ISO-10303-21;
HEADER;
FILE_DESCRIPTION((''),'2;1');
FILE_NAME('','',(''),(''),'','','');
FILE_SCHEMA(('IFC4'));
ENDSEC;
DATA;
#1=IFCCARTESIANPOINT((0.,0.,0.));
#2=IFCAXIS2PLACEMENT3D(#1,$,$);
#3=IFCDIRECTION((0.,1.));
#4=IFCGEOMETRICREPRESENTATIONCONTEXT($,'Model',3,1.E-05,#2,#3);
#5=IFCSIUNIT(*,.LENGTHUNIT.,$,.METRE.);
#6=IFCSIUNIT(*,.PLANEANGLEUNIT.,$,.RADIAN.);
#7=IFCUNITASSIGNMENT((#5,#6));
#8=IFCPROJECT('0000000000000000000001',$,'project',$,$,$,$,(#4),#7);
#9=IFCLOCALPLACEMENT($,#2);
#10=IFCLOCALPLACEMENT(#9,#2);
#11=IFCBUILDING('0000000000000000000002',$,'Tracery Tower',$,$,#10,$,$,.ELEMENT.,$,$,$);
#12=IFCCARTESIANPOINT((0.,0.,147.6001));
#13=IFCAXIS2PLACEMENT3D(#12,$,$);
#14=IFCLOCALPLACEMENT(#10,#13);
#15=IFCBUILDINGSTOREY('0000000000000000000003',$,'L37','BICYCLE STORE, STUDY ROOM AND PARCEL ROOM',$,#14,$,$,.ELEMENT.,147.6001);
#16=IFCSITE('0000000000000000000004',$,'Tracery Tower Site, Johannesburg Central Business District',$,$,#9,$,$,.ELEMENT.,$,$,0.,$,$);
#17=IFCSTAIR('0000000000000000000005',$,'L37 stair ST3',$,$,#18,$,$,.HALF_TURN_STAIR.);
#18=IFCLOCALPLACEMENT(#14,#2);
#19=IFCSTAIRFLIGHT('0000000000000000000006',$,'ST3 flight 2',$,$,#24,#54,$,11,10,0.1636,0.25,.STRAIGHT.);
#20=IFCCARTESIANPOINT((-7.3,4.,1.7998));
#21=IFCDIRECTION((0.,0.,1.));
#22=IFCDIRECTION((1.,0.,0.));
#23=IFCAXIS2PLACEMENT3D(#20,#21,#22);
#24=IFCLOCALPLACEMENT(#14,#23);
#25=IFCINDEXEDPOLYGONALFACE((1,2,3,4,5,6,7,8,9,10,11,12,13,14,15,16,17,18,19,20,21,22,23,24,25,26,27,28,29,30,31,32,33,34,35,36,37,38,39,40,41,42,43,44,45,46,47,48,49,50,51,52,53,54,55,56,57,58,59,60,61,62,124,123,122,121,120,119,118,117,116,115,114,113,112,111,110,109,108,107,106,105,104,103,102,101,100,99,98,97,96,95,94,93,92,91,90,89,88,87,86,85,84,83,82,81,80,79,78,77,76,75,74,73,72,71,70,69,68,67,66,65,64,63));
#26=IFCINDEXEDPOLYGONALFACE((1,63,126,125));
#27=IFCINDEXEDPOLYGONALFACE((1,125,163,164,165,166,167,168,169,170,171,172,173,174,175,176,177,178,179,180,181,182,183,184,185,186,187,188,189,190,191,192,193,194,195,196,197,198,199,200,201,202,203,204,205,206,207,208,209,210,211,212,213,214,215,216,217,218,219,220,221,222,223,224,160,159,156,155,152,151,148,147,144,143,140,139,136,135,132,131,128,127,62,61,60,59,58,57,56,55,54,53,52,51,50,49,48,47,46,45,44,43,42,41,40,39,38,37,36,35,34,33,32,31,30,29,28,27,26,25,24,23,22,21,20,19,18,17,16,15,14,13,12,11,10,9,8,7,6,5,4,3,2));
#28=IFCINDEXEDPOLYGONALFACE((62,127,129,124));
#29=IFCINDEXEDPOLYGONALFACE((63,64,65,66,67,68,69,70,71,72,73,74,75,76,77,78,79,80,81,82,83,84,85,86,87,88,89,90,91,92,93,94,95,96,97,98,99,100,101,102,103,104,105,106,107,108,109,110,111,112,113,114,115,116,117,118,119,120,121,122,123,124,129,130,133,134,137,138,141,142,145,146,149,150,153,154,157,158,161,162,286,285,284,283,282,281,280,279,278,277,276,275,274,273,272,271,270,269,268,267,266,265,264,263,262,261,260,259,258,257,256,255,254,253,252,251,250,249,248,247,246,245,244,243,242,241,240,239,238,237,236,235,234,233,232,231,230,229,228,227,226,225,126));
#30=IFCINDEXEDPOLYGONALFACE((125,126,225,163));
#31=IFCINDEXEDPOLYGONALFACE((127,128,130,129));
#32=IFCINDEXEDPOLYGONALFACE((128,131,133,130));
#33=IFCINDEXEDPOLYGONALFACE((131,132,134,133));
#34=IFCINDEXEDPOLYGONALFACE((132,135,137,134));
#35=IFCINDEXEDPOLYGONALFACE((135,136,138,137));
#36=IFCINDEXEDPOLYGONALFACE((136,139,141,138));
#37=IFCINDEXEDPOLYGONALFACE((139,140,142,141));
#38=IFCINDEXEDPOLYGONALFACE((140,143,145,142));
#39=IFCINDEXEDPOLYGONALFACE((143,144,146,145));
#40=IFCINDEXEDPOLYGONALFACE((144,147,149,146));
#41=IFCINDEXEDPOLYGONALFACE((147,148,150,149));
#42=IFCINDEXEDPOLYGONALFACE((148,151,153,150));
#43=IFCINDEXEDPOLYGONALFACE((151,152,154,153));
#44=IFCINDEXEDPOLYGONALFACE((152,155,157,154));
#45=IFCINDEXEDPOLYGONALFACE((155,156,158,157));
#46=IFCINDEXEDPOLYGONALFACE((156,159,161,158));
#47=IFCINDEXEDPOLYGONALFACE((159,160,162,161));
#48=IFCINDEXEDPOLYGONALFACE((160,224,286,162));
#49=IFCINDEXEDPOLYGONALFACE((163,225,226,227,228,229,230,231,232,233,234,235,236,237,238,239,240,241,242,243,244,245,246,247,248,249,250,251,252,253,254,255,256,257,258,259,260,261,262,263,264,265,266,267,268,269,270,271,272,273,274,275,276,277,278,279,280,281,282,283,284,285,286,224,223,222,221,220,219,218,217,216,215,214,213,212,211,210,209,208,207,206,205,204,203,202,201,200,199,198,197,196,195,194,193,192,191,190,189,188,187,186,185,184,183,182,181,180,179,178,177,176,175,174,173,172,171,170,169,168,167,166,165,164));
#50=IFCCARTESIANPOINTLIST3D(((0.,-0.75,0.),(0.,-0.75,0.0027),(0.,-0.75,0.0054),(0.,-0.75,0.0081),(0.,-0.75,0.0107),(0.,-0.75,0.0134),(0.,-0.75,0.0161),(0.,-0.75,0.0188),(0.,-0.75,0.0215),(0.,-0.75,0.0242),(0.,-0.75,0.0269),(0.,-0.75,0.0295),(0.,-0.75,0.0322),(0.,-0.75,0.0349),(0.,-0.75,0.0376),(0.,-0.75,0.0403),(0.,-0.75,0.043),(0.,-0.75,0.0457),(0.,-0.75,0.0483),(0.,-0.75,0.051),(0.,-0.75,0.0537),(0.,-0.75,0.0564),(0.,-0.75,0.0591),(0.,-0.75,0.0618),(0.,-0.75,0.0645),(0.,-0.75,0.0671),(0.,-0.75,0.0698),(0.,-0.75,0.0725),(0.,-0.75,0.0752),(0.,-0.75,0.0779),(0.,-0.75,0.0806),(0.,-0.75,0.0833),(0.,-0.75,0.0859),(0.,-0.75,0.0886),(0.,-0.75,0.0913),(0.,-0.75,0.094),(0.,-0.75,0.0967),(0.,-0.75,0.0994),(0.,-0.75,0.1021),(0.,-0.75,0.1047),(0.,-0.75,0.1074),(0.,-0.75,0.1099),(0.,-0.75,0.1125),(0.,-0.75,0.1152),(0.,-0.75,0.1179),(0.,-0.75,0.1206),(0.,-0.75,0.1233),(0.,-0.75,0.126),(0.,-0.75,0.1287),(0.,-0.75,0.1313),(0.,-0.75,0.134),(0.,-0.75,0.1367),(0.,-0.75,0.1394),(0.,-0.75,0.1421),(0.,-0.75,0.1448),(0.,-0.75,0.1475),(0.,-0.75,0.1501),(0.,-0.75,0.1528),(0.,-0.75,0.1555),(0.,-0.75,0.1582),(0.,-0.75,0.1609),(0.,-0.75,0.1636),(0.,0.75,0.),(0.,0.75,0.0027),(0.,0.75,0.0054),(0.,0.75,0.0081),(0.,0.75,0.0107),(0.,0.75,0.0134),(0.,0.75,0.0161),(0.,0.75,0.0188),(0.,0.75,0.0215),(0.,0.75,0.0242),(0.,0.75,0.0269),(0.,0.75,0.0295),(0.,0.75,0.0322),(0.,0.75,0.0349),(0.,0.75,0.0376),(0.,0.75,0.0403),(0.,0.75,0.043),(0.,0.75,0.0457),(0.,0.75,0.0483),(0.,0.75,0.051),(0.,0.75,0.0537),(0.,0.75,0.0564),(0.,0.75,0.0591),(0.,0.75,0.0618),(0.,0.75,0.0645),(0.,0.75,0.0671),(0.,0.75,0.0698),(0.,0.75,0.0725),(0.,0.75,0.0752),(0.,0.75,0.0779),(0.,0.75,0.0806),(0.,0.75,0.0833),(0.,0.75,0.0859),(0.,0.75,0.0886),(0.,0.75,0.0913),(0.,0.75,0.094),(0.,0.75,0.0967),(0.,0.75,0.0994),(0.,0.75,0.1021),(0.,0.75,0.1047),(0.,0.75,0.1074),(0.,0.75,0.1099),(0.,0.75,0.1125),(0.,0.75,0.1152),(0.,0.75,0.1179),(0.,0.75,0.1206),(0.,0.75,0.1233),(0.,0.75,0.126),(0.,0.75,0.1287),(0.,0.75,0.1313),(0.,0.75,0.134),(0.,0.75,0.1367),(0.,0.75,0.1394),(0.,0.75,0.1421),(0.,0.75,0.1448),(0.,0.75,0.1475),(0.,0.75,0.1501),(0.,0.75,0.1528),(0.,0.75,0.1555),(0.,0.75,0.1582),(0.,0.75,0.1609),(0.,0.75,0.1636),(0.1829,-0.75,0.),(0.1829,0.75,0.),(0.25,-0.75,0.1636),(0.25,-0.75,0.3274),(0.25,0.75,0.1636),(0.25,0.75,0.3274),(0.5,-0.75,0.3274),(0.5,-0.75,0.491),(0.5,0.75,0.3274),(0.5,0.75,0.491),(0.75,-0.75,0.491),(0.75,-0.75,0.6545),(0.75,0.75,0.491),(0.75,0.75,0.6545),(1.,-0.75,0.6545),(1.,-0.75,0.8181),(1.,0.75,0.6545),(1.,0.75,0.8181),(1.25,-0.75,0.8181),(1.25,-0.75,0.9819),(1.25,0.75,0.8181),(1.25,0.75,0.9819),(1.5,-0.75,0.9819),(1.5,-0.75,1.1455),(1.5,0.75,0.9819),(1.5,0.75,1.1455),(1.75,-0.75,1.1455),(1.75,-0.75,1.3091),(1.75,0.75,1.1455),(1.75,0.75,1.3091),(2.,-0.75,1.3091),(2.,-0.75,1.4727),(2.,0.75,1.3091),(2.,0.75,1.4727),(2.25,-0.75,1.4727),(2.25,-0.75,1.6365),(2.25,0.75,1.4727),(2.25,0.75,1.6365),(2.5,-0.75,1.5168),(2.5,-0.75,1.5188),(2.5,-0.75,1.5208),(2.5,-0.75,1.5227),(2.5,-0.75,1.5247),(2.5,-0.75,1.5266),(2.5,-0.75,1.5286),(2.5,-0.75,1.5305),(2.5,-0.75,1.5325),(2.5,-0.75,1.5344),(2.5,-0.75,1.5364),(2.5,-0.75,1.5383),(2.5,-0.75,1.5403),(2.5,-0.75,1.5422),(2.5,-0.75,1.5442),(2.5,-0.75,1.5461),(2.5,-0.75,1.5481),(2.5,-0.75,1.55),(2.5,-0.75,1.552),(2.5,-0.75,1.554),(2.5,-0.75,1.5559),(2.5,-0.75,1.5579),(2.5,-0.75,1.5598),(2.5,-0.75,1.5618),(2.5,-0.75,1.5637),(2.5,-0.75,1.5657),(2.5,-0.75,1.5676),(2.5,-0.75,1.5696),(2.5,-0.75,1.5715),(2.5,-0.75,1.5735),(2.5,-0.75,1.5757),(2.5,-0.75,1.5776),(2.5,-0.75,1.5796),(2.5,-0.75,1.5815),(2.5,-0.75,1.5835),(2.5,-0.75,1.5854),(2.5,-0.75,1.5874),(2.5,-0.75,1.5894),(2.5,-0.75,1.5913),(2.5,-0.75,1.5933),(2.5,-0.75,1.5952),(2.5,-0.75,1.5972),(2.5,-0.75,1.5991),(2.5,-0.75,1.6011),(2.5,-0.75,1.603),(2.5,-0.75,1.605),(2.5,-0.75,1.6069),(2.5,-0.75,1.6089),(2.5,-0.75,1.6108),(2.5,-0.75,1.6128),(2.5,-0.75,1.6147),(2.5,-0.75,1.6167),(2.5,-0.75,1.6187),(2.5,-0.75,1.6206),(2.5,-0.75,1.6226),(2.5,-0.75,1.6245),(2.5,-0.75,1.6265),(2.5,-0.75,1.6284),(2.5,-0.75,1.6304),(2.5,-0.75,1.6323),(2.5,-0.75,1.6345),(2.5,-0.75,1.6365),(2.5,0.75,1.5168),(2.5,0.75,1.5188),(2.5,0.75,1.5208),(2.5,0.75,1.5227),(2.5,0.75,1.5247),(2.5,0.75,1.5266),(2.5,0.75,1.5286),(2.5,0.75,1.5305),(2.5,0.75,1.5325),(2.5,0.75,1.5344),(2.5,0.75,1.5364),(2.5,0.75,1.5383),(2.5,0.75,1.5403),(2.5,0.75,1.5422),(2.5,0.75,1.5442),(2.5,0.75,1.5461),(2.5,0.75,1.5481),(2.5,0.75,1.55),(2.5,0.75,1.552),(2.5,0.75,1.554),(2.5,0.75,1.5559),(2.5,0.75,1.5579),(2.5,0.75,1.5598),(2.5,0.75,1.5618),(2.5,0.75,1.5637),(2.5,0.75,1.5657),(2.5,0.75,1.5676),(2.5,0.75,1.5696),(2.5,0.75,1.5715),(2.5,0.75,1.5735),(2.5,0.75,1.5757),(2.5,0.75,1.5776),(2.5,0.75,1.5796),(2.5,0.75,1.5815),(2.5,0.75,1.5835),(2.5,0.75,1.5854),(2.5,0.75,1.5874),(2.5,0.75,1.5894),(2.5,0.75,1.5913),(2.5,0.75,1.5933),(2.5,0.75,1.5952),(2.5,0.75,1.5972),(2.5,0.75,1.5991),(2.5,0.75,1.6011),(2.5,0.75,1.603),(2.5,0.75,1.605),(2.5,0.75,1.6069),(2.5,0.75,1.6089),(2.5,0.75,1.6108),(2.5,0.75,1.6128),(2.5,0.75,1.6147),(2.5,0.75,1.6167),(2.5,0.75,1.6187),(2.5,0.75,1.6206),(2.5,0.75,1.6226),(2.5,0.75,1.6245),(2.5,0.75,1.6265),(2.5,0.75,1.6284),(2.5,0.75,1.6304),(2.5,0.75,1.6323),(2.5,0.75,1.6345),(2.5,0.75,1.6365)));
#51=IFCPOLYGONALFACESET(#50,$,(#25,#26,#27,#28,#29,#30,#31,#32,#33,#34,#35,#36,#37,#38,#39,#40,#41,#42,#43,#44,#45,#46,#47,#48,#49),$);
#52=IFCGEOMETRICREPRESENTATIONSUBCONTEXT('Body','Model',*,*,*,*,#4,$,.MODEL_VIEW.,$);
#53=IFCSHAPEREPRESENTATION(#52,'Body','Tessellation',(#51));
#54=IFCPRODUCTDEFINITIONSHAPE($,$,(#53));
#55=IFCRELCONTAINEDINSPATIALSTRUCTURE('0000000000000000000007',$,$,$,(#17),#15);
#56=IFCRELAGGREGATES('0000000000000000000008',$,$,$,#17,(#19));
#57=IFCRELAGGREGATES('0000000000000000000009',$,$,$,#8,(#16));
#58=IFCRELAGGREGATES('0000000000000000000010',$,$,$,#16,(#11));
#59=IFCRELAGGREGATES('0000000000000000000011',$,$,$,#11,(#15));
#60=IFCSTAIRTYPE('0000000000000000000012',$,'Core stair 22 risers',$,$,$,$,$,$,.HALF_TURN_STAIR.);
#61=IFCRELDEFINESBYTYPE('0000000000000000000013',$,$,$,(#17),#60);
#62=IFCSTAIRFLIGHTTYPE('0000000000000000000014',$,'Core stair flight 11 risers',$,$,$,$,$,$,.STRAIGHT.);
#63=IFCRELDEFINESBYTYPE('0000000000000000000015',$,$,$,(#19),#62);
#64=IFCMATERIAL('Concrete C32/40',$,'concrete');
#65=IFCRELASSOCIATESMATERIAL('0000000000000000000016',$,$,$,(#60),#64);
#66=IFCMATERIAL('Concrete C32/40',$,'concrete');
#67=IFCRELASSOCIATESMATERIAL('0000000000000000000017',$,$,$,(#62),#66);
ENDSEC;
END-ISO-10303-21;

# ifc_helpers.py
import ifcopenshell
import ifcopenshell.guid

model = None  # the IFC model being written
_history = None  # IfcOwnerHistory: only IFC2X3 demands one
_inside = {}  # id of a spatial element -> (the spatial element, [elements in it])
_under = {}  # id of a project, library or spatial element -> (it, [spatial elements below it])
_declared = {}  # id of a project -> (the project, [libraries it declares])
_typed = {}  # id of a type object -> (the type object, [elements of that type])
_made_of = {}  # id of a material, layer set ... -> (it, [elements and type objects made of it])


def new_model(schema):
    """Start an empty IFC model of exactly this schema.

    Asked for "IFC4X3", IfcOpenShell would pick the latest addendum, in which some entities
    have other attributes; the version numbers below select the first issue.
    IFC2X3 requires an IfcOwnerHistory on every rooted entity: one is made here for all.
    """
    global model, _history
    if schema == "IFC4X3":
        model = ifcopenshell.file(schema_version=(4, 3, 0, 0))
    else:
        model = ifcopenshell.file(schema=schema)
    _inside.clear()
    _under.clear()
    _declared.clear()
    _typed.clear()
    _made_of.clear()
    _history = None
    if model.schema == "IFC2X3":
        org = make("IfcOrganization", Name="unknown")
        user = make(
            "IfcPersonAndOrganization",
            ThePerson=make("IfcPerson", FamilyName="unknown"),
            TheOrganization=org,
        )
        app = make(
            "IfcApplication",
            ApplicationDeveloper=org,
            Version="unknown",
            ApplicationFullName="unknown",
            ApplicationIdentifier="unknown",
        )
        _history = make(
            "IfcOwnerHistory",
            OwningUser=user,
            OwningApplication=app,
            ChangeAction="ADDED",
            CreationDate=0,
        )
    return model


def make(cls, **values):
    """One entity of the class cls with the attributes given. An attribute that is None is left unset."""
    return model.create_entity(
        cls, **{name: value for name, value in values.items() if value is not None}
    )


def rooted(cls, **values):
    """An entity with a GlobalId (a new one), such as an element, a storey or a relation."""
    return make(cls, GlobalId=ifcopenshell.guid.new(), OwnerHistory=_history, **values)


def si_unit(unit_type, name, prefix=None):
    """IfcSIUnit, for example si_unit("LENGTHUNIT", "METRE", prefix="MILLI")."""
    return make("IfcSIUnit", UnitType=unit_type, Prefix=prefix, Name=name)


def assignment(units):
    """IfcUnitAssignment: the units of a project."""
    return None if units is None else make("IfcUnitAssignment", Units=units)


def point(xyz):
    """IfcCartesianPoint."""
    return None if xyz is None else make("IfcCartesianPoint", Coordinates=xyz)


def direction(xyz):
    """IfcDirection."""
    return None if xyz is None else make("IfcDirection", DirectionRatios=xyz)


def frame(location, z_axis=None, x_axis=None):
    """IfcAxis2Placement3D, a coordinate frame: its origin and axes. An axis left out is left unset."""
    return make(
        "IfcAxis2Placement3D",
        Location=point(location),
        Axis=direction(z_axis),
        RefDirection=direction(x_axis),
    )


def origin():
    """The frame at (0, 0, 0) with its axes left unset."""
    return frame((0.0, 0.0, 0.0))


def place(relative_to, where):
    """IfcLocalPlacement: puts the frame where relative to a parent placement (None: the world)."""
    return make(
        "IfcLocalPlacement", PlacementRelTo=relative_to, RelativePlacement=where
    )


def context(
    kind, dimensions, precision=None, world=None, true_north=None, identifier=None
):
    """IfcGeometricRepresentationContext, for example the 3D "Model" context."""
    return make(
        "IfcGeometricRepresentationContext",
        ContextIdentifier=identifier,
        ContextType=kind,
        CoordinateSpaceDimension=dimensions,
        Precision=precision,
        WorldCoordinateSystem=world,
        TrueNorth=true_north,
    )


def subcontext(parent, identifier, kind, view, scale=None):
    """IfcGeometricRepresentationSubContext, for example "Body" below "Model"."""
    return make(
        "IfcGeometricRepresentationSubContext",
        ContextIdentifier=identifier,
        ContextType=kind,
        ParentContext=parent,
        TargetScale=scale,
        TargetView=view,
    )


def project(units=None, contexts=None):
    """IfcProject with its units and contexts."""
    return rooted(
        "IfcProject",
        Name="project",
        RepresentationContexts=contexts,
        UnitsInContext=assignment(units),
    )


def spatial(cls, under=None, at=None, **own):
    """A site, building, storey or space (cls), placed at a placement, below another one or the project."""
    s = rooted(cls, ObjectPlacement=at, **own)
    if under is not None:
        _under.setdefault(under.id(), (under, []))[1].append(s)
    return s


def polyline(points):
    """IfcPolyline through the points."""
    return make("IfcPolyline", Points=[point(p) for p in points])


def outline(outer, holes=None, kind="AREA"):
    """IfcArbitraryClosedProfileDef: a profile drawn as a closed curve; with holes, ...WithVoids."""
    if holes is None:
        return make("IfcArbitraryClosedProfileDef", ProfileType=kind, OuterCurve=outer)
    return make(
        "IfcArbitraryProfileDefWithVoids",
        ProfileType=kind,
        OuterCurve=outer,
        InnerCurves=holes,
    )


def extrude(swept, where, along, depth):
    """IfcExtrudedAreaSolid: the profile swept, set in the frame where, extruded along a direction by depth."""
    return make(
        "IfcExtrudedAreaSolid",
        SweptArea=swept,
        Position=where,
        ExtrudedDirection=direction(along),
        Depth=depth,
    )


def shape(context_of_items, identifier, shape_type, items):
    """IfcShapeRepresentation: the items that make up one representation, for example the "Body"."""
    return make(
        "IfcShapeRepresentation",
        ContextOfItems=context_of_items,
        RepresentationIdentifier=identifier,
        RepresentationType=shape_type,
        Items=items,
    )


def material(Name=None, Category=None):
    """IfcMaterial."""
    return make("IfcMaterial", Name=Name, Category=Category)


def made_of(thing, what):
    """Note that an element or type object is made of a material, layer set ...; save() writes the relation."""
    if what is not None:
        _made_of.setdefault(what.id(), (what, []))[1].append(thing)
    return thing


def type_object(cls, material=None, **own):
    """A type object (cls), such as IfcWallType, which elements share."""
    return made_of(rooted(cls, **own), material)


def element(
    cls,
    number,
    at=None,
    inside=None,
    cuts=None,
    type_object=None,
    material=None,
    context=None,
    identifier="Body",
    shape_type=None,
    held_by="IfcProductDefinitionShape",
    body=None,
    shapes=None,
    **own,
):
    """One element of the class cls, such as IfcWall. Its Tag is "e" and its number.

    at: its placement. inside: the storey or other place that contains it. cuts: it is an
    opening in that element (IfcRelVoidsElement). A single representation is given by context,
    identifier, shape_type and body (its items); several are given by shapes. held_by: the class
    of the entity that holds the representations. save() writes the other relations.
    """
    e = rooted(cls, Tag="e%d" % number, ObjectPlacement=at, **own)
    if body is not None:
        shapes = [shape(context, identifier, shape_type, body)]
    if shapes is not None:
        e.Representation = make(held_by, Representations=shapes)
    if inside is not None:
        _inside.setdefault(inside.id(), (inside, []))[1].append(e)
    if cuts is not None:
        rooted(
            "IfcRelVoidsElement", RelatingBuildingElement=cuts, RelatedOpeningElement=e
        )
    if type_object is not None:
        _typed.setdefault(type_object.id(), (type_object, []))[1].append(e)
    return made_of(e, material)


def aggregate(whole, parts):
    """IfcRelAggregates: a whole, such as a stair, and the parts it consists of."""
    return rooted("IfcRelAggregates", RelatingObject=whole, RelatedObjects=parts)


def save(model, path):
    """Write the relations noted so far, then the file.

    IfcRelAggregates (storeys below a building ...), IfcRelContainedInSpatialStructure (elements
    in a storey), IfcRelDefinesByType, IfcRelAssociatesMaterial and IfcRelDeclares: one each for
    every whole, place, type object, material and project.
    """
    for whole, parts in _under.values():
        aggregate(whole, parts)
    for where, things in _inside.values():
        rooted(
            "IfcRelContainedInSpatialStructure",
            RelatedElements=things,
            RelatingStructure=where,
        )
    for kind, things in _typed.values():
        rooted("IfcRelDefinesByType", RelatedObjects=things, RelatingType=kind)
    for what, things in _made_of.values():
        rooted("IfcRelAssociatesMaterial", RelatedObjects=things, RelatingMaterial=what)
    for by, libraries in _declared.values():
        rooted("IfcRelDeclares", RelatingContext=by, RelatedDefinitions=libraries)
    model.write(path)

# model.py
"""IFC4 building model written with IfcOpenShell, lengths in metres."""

from ifc_helpers import new_model, si_unit, direction, frame, origin, place, context, subcontext, project, spatial, polyline, outline, extrude, material, type_object, element, aggregate, save


model = new_model("IFC4")

# Units and contexts
model_context = context("Model", 3, precision=1e-05, world=origin(), true_north=direction((0.0, 1.0)))
body_context = subcontext(model_context, "Body", "Model", "MODEL_VIEW")
ifc_project = project(units=[si_unit("LENGTHUNIT", "METRE"), si_unit("PLANEANGLEUNIT", "RADIAN")], contexts=[model_context])

# Site, building, storey
site_placement = place(None, origin())
site = spatial("IfcSite", under=ifc_project, at=site_placement, Name="Tracery Tower Site, Johannesburg Central Business District", CompositionType="ELEMENT", RefElevation=0.0)
building_placement = place(site_placement, origin())
building = spatial("IfcBuilding", under=site, at=building_placement, Name="Tracery Tower", CompositionType="ELEMENT")
storey_placement = place(building_placement, frame((0.0, 0.0, 147.6001)))
storey = spatial("IfcBuildingStorey", under=building, at=storey_placement, Name="L37", Description="BICYCLE STORE, STUDY ROOM AND PARCEL ROOM", CompositionType="ELEMENT", Elevation=147.6001)

# Stair, stair flight
ifc_material_1 = material(Name="Concrete C32/40", Category="concrete")
stair_type = type_object("IfcStairType", Name="Core stair 22 risers", PredefinedType="HALF_TURN_STAIR", material=ifc_material_1)
stair_placement = place(storey_placement, origin())
stair = element("IfcStair", 1, at=stair_placement, inside=storey, type_object=stair_type, Name="L37 stair ST3", PredefinedType="HALF_TURN_STAIR")
ifc_material_2 = material(Name="Concrete C32/40", Category="concrete")
stair_flight_type = type_object("IfcStairFlightType", Name="Core stair flight 11 risers", PredefinedType="STRAIGHT", material=ifc_material_2)
stair_flight_1_placement = place(storey_placement, frame((-7.3, 4.0, 1.7998), z_axis=(0.0, 0.0, 1.0), x_axis=(1.0, 0.0, 0.0)))
stair_flight_1 = element("IfcStairFlight", 2, at=stair_flight_1_placement, type_object=stair_flight_type, Name="ST3 flight 2", NumberOfRisers=11, NumberOfTreads=10, PredefinedType="STRAIGHT", RiserHeight=0.1636, TreadLength=0.25, context=body_context, shape_type="SweptSolid", body=[
    extrude(outline(polyline([(0.0, 0.0), (0.0, 0.0027), (0.0, 0.0054), (0.0, 0.0081), (0.0, 0.0107), (0.0, 0.0134), (0.0, 0.0161), (0.0, 0.0188), (0.0, 0.0215), (0.0, 0.0242), (0.0, 0.0269), (0.0, 0.0295), (0.0, 0.0322), (0.0, 0.0349), (0.0, 0.0376), (0.0, 0.0403), (0.0, 0.043), (0.0, 0.0457), (0.0, 0.0483), (0.0, 0.051), (0.0, 0.0537), (0.0, 0.0564), (0.0, 0.0591), (0.0, 0.0618), (0.0, 0.0645), (0.0, 0.0671), (0.0, 0.0698), (0.0, 0.0725), (0.0, 0.0752), (0.0, 0.0779), (0.0, 0.0806), (0.0, 0.0833), (0.0, 0.0859), (0.0, 0.0886), (0.0, 0.0913), (0.0, 0.094), (0.0, 0.0967), (0.0, 0.0994), (0.0, 0.1021), (0.0, 0.1047), (0.0, 0.1074), (0.0, 0.1099), (0.0, 0.1125), (0.0, 0.1152), (0.0, 0.1179), (0.0, 0.1206), (0.0, 0.1233), (0.0, 0.126), (0.0, 0.1287), (0.0, 0.1313), (0.0, 0.134), (0.0, 0.1367), (0.0, 0.1394), (0.0, 0.1421), (0.0, 0.1448), (0.0, 0.1475), (0.0, 0.1501), (0.0, 0.1528), (0.0, 0.1555), (0.0, 0.1582), (0.0, 0.1609), (0.0, 0.1636), (0.25, 0.1636), (0.25, 0.3274), (0.5, 0.3274), (0.5, 0.491), (0.75, 0.491), (0.75, 0.6545), (1.0, 0.6545), (1.0, 0.8181), (1.25, 0.8181), (1.25, 0.9819), (1.5, 0.9819), (1.5, 1.1455), (1.75, 1.1455), (1.75, 1.3091), (2.0, 1.3091), (2.0, 1.4727), (2.25, 1.4727), (2.25, 1.6365), (2.5, 1.6365), (2.5, 1.6345), (2.5, 1.6323), (2.5, 1.6304), (2.5, 1.6284), (2.5, 1.6265), (2.5, 1.6245), (2.5, 1.6226), (2.5, 1.6206), (2.5, 1.6187), (2.5, 1.6167), (2.5, 1.6147), (2.5, 1.6128), (2.5, 1.6108), (2.5, 1.6089), (2.5, 1.6069), (2.5, 1.605), (2.5, 1.603), (2.5, 1.6011), (2.5, 1.5991), (2.5, 1.5972), (2.5, 1.5952), (2.5, 1.5933), (2.5, 1.5913), (2.5, 1.5894), (2.5, 1.5874), (2.5, 1.5854), (2.5, 1.5835), (2.5, 1.5815), (2.5, 1.5796), (2.5, 1.5776), (2.5, 1.5757), (2.5, 1.5735), (2.5, 1.5715), (2.5, 1.5696), (2.5, 1.5676), (2.5, 1.5657), (2.5, 1.5637), (2.5, 1.5618), (2.5, 1.5598), (2.5, 1.5579), (2.5, 1.5559), (2.5, 1.554), (2.5, 1.552), (2.5, 1.55), (2.5, 1.5481), (2.5, 1.5461), (2.5, 1.5442), (2.5, 1.5422), (2.5, 1.5403), (2.5, 1.5383), (2.5, 1.5364), (2.5, 1.5344), (2.5, 1.5325), (2.5, 1.5305), (2.5, 1.5286), (2.5, 1.5266), (2.5, 1.5247), (2.5, 1.5227), (2.5, 1.5208), (2.5, 1.5188), (2.5, 1.5168), (0.1829, 0.0), (0.0, 0.0)])), frame((0.0, 0.75, 0.0), z_axis=(0.0, -1.0, 0.0), x_axis=(1.0, 0.0, 0.0)), (0.0, 0.0, 1.0), 1.5),
])
aggregate(stair, [stair_flight_1])

save(model, "model.ifc")
